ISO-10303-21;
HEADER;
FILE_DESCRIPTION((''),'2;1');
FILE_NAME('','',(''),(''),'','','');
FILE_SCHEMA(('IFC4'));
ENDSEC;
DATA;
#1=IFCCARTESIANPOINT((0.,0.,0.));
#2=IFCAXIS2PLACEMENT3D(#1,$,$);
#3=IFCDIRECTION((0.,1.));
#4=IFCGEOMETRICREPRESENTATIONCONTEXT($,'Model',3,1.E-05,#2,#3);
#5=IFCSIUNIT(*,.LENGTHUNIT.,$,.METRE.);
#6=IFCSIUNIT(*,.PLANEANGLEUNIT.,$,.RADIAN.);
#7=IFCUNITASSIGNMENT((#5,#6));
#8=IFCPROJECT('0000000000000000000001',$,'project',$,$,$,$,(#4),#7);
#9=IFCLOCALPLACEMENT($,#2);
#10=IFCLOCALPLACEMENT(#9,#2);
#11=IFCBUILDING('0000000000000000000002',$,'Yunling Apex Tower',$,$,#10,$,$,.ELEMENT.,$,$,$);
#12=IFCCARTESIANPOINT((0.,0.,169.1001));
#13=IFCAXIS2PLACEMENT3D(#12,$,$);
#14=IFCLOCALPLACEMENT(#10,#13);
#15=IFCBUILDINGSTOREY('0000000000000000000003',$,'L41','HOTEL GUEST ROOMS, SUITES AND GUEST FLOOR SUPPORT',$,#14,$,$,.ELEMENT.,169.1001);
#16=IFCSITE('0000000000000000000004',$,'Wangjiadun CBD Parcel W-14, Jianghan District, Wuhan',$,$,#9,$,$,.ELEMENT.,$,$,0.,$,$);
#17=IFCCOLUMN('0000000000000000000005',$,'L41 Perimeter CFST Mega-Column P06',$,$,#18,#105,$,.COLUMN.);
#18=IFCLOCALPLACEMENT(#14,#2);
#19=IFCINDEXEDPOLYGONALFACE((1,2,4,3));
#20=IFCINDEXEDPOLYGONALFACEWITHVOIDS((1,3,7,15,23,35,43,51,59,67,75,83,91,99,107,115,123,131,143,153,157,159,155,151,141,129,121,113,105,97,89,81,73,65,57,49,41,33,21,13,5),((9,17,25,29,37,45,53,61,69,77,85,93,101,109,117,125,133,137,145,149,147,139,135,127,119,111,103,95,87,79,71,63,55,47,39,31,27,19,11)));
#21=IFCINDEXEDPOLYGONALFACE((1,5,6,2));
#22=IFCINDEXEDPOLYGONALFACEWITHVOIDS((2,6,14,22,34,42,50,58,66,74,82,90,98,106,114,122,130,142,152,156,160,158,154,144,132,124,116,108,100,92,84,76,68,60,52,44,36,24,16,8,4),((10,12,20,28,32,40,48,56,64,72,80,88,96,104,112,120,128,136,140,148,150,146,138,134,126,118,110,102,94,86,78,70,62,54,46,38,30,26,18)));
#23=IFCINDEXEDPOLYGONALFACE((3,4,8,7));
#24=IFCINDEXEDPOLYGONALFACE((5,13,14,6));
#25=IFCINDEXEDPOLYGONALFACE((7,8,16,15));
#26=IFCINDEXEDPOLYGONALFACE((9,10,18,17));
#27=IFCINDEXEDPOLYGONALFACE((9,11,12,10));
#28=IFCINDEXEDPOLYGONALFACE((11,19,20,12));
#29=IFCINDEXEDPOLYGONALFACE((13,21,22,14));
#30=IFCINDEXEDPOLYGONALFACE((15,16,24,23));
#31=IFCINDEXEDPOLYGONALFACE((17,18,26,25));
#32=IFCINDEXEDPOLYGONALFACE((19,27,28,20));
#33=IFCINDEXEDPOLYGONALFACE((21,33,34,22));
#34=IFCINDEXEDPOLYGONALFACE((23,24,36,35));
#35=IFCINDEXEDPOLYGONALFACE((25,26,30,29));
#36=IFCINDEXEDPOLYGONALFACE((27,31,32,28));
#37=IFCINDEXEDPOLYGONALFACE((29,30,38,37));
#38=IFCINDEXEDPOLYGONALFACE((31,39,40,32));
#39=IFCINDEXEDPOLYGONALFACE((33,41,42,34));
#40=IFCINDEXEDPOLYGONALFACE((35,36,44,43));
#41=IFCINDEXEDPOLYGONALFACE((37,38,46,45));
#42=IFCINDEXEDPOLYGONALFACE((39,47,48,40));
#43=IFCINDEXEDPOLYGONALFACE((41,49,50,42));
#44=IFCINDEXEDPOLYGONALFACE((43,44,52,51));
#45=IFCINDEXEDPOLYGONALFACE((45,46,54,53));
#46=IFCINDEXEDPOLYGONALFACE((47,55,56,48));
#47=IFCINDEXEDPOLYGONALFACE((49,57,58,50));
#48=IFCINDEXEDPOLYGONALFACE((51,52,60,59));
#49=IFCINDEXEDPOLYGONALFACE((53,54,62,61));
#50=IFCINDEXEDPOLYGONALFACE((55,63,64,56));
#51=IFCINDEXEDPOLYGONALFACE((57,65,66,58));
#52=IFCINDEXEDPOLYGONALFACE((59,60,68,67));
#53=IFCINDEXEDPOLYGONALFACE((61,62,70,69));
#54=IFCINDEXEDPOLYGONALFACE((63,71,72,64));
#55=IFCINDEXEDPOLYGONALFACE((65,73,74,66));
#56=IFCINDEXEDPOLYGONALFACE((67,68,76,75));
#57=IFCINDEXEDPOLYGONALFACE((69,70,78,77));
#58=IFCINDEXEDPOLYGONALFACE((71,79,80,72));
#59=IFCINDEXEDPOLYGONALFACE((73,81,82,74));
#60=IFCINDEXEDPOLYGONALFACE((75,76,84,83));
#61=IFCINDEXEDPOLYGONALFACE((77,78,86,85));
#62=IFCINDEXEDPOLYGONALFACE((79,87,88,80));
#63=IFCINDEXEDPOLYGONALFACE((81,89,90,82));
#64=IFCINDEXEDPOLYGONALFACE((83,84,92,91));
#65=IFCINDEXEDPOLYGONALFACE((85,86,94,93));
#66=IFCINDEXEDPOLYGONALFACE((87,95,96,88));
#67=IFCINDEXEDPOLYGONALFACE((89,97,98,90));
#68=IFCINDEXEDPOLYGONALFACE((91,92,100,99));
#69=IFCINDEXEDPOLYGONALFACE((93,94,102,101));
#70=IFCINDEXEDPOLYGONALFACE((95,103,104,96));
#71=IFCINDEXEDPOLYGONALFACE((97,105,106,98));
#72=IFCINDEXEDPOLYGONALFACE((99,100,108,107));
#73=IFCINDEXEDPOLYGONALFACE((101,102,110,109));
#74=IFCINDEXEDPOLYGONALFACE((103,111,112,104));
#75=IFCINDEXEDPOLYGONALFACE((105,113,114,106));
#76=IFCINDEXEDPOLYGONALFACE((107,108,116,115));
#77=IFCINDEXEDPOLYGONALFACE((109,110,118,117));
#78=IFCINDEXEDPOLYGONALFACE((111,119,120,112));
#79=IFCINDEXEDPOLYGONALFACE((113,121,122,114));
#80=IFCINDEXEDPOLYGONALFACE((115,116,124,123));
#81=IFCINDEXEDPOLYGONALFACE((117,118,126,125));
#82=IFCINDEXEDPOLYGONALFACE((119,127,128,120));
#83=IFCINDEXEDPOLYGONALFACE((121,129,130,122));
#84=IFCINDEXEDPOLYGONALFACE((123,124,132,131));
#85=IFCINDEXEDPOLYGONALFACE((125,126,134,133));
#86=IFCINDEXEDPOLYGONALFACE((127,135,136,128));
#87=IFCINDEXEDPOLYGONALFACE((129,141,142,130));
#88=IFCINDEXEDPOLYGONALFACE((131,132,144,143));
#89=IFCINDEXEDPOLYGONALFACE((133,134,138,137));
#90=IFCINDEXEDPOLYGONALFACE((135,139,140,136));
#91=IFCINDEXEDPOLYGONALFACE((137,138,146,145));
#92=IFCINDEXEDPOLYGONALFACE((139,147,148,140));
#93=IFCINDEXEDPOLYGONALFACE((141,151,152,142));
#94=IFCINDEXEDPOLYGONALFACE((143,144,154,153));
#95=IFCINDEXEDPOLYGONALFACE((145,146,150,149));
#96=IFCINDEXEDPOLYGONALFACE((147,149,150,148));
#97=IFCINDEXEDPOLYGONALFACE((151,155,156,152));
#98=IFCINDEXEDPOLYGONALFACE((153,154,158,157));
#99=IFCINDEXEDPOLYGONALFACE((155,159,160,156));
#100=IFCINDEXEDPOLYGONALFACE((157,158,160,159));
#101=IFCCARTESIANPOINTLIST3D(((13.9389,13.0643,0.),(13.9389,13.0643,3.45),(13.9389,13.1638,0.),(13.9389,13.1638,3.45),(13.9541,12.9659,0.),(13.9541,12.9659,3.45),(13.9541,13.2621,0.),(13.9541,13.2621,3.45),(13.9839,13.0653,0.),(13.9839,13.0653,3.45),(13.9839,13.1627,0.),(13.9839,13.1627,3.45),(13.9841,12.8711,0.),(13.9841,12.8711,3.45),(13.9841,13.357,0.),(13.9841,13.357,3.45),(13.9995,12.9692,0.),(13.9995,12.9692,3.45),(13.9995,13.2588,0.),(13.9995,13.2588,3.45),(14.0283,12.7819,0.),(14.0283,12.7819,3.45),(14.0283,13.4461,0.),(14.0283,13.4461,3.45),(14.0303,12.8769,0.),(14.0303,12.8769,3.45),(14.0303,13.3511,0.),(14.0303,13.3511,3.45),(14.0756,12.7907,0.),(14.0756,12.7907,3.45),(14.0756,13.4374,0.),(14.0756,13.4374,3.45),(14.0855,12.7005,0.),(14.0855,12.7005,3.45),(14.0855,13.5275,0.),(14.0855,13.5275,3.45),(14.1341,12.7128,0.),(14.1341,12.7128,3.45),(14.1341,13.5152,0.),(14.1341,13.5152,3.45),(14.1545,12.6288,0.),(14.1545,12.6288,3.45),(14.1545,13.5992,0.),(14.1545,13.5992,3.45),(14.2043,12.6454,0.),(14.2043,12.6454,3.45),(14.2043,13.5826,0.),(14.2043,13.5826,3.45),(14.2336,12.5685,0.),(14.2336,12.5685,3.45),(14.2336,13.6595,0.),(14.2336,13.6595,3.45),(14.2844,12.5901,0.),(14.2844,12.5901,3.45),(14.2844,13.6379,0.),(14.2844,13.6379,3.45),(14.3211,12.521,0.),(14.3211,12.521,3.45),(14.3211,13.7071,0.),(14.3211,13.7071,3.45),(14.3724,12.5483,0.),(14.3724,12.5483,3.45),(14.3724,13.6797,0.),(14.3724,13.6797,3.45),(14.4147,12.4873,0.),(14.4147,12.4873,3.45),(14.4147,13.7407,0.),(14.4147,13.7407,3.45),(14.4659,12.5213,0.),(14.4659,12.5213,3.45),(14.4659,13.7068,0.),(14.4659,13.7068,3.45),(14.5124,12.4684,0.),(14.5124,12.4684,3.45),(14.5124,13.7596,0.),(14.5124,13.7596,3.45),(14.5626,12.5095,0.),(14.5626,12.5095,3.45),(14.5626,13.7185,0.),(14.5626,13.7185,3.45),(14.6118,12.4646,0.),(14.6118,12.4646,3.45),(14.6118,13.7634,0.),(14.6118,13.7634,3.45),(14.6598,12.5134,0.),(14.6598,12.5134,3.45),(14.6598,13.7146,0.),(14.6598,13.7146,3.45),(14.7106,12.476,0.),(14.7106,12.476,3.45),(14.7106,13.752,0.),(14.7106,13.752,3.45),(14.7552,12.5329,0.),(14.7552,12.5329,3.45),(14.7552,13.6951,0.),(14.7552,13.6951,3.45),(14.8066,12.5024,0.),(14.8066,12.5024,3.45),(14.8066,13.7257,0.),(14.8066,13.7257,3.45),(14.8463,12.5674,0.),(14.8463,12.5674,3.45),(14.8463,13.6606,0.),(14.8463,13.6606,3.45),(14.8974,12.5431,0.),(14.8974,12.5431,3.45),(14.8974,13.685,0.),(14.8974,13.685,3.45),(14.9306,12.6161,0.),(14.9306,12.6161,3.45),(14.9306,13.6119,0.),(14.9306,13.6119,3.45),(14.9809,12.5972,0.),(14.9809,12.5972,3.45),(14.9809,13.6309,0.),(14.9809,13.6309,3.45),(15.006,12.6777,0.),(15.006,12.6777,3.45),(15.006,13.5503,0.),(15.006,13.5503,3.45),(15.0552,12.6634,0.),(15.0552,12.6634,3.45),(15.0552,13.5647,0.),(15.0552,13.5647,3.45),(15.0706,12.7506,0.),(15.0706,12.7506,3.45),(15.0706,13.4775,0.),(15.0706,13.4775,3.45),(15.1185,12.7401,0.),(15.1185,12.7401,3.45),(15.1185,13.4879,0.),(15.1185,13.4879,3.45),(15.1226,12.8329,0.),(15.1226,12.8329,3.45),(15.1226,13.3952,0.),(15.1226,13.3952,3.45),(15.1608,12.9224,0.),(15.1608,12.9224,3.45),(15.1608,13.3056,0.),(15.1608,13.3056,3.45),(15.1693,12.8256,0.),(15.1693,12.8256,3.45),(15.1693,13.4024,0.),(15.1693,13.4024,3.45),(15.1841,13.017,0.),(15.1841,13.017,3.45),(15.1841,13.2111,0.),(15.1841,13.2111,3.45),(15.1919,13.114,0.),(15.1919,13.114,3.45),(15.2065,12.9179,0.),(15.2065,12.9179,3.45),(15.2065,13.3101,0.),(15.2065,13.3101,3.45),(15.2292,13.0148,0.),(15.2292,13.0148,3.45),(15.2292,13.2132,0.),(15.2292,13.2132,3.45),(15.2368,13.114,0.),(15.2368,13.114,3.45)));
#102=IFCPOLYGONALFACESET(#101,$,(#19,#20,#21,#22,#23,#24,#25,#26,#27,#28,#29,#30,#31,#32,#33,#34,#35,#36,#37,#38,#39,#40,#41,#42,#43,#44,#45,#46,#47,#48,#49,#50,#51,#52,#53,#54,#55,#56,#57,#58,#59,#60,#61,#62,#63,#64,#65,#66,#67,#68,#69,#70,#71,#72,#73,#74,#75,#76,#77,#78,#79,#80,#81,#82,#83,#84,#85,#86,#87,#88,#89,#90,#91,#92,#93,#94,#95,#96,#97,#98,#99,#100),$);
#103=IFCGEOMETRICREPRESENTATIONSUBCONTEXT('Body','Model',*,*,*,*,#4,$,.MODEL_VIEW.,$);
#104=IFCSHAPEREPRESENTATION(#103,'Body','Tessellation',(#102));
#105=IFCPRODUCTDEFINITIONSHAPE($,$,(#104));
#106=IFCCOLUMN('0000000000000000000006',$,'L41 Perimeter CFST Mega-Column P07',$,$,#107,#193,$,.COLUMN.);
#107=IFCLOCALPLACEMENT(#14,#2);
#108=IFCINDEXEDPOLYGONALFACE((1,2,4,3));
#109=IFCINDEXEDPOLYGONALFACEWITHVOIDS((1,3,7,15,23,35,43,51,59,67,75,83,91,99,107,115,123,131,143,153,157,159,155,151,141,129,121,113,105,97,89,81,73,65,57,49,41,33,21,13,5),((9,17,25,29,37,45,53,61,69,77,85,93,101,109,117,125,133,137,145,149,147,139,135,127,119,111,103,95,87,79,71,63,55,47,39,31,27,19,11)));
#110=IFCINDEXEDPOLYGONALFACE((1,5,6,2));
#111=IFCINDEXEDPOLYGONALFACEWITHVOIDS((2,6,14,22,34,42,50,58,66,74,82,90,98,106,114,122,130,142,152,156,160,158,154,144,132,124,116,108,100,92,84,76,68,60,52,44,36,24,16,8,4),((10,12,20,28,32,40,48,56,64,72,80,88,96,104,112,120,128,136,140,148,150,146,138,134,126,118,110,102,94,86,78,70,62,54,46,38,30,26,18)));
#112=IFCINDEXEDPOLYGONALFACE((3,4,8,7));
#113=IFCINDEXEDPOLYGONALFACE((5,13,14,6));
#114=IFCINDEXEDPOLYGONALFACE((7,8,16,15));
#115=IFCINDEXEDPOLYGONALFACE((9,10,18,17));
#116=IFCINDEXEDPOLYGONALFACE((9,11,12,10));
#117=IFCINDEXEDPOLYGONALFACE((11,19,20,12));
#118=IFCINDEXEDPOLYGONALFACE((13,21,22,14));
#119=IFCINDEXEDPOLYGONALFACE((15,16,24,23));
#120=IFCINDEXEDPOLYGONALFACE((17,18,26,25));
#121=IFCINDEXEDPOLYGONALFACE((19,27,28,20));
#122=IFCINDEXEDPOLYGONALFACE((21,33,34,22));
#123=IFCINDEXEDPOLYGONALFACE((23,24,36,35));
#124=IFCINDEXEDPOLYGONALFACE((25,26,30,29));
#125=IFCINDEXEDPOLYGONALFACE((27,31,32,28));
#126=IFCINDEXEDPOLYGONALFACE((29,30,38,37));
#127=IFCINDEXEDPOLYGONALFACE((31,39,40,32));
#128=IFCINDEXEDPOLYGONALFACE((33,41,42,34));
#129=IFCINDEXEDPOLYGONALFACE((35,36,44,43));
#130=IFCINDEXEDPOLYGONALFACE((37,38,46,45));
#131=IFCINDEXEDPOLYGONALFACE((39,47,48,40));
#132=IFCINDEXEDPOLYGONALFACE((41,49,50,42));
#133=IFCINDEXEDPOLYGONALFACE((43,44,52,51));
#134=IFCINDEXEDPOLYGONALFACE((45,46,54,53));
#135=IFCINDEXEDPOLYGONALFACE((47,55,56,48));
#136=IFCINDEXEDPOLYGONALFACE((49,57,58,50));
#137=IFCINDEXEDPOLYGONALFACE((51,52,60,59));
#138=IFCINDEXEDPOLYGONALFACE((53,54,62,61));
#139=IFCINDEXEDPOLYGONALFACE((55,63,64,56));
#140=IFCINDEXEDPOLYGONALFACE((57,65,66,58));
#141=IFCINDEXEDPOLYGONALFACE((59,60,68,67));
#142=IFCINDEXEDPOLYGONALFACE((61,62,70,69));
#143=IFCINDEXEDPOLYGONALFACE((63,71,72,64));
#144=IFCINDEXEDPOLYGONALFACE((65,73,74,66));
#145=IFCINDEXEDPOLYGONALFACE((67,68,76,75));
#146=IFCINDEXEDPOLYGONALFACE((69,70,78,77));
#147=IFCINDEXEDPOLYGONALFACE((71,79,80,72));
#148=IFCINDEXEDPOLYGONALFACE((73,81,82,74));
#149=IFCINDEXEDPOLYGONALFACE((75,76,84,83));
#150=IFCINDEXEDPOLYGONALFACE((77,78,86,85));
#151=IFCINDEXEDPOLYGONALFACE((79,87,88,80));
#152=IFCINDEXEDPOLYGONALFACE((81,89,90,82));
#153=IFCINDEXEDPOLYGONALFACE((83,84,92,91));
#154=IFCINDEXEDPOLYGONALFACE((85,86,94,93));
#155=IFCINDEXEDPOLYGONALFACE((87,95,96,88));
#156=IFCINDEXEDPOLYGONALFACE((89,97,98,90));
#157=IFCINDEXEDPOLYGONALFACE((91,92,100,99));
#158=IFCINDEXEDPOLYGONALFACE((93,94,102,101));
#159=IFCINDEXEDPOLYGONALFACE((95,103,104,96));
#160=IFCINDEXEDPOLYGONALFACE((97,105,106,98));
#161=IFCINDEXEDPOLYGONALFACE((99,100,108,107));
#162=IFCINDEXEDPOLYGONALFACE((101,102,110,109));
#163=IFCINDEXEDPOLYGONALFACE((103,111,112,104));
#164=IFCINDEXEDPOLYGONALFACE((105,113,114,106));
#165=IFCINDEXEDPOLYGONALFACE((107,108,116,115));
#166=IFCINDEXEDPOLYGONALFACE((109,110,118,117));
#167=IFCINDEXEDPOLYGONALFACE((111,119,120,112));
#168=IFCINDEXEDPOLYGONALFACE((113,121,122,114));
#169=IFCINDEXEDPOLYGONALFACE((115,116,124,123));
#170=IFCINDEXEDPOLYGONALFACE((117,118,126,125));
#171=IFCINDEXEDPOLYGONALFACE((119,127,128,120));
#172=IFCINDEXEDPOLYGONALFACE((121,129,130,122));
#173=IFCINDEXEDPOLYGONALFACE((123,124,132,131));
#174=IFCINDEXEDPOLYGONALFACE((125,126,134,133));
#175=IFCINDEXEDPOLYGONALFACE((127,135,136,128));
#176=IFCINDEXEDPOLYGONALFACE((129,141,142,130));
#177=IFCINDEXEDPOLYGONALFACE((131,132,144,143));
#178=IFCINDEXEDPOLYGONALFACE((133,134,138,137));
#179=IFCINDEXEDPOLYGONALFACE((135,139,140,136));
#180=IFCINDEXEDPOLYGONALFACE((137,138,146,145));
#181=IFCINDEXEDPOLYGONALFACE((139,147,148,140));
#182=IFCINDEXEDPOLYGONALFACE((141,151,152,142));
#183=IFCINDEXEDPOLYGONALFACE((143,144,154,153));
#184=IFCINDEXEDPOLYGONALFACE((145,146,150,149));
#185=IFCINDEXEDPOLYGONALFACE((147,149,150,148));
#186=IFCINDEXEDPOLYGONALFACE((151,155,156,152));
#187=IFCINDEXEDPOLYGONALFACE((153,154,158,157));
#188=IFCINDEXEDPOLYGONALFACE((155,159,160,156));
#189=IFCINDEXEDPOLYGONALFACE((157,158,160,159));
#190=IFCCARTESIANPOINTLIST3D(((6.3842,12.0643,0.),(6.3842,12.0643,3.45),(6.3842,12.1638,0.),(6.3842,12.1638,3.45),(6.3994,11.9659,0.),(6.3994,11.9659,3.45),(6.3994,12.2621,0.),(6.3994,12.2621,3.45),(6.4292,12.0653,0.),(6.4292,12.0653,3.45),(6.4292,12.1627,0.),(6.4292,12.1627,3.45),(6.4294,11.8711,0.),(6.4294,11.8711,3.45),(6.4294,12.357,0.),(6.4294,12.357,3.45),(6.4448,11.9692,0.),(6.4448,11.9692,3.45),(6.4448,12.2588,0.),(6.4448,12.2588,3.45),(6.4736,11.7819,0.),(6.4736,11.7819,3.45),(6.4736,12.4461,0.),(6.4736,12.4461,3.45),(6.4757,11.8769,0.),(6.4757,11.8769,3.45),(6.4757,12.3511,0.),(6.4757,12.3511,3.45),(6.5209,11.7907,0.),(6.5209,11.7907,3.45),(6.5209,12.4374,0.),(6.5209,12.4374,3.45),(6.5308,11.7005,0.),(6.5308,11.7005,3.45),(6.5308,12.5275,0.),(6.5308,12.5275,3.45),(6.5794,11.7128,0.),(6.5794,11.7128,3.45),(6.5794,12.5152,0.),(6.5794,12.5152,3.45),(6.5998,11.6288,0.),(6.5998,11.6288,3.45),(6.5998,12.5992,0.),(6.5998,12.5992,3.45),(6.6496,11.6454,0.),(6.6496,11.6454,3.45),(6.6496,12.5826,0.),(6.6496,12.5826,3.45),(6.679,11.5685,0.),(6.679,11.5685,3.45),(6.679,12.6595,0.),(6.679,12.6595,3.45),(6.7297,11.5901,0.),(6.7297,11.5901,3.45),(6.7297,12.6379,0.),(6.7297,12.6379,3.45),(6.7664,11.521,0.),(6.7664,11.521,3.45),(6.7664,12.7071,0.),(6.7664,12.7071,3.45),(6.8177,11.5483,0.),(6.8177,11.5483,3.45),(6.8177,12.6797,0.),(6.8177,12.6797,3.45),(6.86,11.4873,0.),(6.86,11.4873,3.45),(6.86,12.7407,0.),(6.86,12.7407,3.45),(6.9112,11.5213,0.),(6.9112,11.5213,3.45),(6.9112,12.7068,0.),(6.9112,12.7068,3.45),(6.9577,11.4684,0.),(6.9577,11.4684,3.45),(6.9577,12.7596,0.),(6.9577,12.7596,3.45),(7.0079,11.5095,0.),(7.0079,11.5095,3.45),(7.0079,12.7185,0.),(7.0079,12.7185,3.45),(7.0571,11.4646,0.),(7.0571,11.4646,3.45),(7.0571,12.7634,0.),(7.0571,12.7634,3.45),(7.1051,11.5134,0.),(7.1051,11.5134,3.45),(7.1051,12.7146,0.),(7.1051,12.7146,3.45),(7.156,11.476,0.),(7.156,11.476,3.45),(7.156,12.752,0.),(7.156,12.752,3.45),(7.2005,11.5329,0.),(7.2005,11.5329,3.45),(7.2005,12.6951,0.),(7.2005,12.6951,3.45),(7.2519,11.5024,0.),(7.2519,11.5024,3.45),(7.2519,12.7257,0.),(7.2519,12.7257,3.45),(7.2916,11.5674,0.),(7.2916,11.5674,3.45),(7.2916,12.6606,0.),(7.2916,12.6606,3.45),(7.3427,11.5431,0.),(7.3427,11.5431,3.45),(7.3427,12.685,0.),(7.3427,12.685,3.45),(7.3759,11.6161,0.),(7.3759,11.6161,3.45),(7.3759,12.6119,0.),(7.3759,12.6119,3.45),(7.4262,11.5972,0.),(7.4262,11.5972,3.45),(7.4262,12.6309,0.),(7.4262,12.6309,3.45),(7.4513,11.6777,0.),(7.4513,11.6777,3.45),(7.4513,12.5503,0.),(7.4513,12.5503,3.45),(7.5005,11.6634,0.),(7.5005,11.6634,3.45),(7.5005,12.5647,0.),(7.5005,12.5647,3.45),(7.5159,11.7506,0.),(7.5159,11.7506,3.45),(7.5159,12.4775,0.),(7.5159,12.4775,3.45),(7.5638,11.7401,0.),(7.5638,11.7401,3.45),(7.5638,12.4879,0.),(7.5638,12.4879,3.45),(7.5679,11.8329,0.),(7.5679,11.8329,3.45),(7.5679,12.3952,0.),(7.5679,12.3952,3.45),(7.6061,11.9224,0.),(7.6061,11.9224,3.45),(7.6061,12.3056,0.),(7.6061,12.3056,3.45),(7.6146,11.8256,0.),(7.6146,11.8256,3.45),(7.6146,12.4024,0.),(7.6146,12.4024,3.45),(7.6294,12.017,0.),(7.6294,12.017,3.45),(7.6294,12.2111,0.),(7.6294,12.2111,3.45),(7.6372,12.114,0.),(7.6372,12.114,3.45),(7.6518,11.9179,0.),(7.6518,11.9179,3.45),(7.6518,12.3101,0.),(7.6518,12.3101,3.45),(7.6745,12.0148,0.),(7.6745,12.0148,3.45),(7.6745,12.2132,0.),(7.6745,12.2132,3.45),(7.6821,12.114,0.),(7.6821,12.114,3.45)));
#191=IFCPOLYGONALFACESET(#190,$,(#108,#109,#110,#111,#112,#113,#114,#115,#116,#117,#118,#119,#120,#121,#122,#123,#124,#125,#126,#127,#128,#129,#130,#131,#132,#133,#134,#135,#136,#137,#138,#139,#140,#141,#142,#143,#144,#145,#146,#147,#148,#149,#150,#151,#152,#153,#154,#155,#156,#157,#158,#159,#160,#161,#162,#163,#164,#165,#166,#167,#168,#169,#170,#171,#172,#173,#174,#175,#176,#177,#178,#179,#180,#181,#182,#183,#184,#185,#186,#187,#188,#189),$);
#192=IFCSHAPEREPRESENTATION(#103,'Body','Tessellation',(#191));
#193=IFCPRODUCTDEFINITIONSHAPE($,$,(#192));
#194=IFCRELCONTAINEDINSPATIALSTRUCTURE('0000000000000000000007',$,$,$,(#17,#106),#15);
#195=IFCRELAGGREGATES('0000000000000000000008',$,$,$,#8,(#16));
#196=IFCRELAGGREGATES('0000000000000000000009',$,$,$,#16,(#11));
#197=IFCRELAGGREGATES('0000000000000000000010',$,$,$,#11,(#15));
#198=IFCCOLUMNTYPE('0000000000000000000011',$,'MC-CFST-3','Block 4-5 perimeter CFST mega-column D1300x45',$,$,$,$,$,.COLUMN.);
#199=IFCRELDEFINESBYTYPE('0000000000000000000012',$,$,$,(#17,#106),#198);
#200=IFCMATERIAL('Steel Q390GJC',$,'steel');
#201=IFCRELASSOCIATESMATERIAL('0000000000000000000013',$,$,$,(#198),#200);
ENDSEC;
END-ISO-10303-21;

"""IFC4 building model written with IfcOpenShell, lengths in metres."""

from ifc_helpers import new_model, si_unit, direction, frame, origin, origin_2d, place, context, subcontext, project, spatial, hollow_circle, extrude, source, transform, mapped, material, material_profile, profile_set, type_object, element, save


model = new_model("IFC4")

# Units and contexts
model_context = context("Model", 3, precision=1e-05, world=origin(), true_north=direction((0.0, 1.0)))
body_context = subcontext(model_context, "Body", "Model", "MODEL_VIEW")
ifc_project = project(units=[si_unit("LENGTHUNIT", "METRE"), si_unit("PLANEANGLEUNIT", "RADIAN")], contexts=[model_context])

# Site, building, storey
site_placement = place(None, origin())
site = spatial("IfcSite", under=ifc_project, at=site_placement, Name="Wangjiadun CBD Parcel W-14, Jianghan District, Wuhan", CompositionType="ELEMENT", RefElevation=0.0)
building_placement = place(site_placement, origin())
building = spatial("IfcBuilding", under=site, at=building_placement, Name="Yunling Apex Tower", CompositionType="ELEMENT")
storey_placement = place(building_placement, frame((0.0, 0.0, 169.1001)))
storey = spatial("IfcBuildingStorey", under=building, at=storey_placement, Name="L41", Description="HOTEL GUEST ROOMS, SUITES AND GUEST FLOOR SUPPORT", CompositionType="ELEMENT", Elevation=169.1001)

# Columns
ifc_material_1 = material(Name="Steel Q390GJC", Category="steel")
ifc_material_profile_1 = material_profile(ifc_material_1, hollow_circle(Radius=0.6499, WallThickness=0.0449, at=origin_2d()))
ifc_profile_set_1 = profile_set([ifc_material_profile_1], Name="Steel Q390GJC")
column_type = type_object("IfcColumnType", Name="MC-CFST-3", Description="Block 4-5 perimeter CFST mega-column D1300x45", PredefinedType="COLUMN", material=ifc_profile_set_1)
shared_shape_1 = source(origin(), body_context, "Body", "SweptSolid", [
    extrude(hollow_circle(Radius=0.6499, WallThickness=0.0449, at=origin_2d()), origin(), (0.0, 0.0, 1.0), 3.45),
])
for number, where, z_axis, x_axis, name in (
    (1, (14.5869, 13.114, 0.0), (0.0, 0.0, 1.0), (1.0, 0.0, 0.0), "L41 Perimeter CFST Mega-Column P06"),
    (2, (7.0322, 12.114, 0.0), (0.0, 0.0, 1.0), (1.0, 0.0, 0.0), "L41 Perimeter CFST Mega-Column P07"),
):
    element("IfcColumn", number, at=place(storey_placement, frame(where, z_axis=z_axis, x_axis=x_axis)), inside=storey, type_object=column_type, Name=name, PredefinedType="COLUMN", context=body_context, shape_type="MappedRepresentation", body=[
        mapped(shared_shape_1, transform((0.0, 0.0, 0.0), scale=1.0)),
    ])

save(model, "model.ifc")
